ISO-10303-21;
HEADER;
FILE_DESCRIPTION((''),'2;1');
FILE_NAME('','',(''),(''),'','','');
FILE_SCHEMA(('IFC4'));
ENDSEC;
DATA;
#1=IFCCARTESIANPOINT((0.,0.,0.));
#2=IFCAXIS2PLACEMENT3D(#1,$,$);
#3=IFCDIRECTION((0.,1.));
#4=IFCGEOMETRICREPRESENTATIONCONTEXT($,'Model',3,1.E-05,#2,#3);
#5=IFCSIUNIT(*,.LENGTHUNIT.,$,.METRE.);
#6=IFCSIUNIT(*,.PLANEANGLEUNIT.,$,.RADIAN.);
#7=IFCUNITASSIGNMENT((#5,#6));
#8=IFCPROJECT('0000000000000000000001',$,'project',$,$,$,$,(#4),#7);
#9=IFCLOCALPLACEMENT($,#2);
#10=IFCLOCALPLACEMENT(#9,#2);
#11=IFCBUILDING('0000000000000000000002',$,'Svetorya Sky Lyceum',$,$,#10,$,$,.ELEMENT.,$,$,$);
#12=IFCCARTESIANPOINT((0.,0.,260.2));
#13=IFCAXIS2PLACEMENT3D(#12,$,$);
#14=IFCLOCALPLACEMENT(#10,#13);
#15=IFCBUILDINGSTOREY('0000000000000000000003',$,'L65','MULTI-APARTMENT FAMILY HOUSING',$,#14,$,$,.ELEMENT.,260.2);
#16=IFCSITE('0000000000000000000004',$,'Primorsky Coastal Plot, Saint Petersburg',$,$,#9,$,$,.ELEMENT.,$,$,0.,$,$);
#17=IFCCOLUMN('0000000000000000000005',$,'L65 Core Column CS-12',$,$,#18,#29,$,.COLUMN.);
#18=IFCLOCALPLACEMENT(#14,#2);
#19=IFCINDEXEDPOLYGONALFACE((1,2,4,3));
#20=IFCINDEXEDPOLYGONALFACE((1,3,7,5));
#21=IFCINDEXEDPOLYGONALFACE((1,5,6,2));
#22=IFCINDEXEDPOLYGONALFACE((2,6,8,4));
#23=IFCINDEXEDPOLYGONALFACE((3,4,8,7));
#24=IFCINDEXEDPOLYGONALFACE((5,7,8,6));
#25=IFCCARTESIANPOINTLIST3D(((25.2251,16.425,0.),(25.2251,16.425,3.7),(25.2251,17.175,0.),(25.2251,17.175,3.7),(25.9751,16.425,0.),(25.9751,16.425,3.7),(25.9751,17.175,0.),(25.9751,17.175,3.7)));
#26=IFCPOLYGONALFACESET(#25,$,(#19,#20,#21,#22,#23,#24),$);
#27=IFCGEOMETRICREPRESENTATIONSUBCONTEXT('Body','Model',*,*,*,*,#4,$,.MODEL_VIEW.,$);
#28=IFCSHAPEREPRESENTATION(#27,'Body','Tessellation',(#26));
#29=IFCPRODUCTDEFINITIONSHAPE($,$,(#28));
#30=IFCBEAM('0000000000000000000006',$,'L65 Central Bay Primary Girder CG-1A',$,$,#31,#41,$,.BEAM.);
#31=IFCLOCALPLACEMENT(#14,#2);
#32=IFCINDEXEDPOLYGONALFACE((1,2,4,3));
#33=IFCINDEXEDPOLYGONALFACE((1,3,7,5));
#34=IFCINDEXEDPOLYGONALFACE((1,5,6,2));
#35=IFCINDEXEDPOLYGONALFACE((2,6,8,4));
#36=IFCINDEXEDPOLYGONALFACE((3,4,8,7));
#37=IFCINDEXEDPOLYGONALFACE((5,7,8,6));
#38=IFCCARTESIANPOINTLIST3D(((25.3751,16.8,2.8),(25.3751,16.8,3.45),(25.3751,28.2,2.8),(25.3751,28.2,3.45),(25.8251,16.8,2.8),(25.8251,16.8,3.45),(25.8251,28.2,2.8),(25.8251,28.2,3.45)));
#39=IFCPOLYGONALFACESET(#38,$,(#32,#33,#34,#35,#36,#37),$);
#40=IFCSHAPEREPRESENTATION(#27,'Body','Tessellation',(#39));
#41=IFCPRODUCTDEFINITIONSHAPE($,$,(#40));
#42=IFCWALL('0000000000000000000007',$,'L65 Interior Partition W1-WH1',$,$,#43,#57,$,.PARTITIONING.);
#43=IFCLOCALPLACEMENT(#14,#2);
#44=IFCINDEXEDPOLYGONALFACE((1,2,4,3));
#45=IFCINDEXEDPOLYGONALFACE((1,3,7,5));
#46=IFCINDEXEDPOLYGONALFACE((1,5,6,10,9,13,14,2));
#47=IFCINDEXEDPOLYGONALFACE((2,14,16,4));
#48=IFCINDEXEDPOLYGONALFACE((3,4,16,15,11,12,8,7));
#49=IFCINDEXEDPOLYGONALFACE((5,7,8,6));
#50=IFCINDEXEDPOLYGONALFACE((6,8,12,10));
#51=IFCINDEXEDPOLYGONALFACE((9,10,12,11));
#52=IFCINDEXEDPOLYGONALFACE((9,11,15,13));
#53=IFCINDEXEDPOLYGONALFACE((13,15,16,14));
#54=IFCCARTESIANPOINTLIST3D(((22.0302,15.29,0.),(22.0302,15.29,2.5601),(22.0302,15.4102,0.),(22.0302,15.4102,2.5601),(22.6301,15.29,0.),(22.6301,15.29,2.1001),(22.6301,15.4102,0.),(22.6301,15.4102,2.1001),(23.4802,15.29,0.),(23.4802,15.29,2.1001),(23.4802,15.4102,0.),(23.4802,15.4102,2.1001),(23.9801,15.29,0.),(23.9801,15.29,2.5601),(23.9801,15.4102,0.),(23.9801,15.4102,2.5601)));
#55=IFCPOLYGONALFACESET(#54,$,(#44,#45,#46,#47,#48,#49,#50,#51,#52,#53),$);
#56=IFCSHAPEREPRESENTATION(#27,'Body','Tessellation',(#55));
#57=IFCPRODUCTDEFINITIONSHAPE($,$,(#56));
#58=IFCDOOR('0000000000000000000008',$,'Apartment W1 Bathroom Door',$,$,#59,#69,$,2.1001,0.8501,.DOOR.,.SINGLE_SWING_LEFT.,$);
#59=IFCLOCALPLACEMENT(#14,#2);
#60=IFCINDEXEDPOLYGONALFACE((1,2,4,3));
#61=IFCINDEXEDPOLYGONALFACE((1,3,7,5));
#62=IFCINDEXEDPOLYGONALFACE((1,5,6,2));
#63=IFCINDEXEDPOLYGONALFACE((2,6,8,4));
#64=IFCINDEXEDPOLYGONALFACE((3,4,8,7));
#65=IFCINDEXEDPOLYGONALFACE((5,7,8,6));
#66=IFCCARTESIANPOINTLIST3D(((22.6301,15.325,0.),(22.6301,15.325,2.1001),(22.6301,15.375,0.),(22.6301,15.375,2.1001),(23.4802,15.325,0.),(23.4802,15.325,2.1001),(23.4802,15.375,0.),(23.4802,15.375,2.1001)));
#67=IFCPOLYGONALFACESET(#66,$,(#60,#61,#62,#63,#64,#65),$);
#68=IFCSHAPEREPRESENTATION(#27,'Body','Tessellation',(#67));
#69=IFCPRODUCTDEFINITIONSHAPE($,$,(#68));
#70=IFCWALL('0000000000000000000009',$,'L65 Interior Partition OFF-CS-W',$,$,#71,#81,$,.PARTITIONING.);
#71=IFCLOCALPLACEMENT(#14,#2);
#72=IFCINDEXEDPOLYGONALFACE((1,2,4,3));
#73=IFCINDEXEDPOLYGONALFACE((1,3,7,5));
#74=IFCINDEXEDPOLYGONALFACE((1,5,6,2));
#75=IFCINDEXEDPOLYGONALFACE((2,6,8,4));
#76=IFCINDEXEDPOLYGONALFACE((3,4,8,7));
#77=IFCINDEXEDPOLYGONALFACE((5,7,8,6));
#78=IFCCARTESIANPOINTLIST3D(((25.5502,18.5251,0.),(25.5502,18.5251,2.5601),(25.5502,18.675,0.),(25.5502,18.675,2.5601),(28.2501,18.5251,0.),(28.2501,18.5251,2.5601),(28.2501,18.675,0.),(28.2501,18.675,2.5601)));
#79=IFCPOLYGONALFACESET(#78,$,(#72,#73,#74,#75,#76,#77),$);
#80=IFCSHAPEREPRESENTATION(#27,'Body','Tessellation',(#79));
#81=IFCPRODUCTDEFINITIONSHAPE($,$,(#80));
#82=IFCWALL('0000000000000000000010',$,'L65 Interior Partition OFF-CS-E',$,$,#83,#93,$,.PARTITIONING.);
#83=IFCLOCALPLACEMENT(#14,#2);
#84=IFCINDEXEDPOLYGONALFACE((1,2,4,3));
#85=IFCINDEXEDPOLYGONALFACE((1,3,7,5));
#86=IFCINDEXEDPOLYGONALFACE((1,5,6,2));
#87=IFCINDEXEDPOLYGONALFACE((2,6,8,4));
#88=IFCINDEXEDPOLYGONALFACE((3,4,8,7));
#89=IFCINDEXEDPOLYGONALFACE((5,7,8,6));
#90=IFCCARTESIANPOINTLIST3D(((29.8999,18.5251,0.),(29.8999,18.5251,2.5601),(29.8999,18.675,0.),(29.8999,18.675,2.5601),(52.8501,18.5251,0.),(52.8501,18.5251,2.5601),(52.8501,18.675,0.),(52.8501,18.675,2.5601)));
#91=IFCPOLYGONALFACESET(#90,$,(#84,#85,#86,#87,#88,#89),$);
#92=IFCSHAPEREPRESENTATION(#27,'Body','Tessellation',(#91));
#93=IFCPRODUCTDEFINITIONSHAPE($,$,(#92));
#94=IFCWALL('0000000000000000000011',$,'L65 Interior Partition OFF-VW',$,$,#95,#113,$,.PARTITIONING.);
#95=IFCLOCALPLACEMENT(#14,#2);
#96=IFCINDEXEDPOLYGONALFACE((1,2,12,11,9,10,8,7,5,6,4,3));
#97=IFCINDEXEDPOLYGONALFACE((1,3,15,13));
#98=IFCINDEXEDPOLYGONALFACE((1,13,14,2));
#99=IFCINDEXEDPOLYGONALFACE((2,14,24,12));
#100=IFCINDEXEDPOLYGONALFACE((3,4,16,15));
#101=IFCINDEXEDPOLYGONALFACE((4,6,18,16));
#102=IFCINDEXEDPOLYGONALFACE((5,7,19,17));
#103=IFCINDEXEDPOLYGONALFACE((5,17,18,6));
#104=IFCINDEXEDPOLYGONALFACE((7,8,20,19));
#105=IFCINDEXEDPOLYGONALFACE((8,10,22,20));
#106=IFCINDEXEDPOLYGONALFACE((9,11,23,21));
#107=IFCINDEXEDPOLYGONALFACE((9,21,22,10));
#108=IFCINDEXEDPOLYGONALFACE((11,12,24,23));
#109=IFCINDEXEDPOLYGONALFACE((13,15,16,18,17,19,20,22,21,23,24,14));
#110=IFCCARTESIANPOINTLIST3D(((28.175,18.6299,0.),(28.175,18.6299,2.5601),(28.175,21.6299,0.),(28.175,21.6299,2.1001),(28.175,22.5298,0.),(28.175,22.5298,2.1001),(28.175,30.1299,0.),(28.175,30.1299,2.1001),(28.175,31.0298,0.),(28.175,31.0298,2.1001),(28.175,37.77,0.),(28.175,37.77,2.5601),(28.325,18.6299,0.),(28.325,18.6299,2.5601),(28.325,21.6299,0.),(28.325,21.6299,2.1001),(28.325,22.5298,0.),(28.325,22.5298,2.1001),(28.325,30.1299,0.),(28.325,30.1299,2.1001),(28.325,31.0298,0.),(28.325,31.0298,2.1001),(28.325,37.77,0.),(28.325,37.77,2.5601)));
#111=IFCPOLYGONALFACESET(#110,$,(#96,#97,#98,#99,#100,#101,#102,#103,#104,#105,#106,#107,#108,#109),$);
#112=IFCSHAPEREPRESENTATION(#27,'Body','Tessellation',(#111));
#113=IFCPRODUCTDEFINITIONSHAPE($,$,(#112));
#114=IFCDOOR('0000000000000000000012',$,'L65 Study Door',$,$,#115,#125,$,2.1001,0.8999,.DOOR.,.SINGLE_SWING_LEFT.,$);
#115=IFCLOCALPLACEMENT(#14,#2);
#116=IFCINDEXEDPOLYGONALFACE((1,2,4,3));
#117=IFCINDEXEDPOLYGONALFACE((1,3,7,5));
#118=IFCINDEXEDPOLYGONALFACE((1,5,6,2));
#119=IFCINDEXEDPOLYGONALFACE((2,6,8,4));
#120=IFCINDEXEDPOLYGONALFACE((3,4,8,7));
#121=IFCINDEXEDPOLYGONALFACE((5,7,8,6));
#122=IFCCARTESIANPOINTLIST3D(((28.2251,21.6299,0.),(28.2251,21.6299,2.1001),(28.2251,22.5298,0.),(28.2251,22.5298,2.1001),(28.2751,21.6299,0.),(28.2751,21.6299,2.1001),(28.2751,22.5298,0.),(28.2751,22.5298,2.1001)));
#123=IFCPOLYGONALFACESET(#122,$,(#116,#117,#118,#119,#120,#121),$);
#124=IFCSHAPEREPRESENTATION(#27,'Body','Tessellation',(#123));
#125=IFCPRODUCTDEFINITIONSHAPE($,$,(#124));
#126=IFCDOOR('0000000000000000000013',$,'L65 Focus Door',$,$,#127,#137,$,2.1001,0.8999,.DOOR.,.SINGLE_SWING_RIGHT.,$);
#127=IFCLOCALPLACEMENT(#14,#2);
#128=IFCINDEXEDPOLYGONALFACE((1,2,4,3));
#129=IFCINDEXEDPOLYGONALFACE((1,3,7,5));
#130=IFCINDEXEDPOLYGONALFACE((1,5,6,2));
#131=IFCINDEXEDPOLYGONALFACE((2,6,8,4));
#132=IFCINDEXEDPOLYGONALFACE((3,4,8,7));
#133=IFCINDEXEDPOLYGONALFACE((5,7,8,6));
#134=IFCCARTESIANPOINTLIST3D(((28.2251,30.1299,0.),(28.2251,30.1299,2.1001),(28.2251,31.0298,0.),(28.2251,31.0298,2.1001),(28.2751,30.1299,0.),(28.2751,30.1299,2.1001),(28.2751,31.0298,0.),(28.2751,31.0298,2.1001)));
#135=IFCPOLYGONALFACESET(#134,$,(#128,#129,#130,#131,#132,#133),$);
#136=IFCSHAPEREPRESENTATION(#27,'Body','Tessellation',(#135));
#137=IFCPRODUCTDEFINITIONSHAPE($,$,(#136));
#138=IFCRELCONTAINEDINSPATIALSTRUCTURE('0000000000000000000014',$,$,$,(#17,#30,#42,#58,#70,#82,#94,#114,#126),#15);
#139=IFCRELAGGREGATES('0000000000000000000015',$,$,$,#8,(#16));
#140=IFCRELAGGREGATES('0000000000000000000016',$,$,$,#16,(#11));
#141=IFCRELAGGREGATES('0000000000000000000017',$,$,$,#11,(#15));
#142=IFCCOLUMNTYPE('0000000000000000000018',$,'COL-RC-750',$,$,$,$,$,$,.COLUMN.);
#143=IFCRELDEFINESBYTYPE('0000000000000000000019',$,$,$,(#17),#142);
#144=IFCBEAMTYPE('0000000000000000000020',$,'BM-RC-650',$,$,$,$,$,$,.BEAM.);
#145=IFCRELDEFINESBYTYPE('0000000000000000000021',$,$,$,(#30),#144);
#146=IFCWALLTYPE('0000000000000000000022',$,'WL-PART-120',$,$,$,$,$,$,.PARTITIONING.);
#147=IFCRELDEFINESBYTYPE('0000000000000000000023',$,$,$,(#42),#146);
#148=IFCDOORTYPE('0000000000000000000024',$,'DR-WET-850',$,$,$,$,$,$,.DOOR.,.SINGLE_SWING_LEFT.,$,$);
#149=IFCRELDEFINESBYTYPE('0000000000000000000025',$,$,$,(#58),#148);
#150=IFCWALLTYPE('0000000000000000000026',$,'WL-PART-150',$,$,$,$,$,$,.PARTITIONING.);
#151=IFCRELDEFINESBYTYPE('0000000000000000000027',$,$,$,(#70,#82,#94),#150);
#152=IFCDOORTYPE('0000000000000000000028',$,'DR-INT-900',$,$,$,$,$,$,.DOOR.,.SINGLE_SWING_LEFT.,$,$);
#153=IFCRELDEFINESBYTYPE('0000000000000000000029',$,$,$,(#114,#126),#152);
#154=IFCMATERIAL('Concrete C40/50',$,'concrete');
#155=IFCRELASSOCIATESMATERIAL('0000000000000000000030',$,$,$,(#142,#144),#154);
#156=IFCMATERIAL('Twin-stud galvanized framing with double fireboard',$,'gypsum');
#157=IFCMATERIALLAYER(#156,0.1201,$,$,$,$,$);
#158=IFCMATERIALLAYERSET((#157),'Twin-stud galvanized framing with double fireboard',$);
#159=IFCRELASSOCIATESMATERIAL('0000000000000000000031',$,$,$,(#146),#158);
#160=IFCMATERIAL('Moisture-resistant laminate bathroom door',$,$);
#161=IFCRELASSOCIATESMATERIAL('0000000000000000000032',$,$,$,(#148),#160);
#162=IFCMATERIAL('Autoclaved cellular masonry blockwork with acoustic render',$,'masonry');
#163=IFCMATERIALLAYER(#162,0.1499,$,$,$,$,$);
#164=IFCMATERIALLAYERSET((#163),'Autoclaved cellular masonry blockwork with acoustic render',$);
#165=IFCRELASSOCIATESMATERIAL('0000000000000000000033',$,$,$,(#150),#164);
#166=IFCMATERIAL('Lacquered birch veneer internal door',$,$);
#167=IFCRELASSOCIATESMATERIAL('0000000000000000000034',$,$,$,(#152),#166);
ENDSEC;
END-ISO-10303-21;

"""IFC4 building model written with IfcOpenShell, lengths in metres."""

from ifc_helpers import new_model, si_unit, direction, frame, frame_2d, origin, origin_2d, place, context, subcontext, project, spatial, rectangle, extrude, material, layer, layer_set, material_profile, profile_set, type_object, element, fill, save


model = new_model("IFC4")

# Units and contexts
model_context = context("Model", 3, precision=1e-05, world=origin(), true_north=direction((0.0, 1.0)))
body_context = subcontext(model_context, "Body", "Model", "MODEL_VIEW")
ifc_project = project(units=[si_unit("LENGTHUNIT", "METRE"), si_unit("PLANEANGLEUNIT", "RADIAN")], contexts=[model_context])

# Site, building, storey
site_placement = place(None, origin())
site = spatial("IfcSite", under=ifc_project, at=site_placement, Name="Primorsky Coastal Plot, Saint Petersburg", CompositionType="ELEMENT", RefElevation=0.0)
building_placement = place(site_placement, origin())
building = spatial("IfcBuilding", under=site, at=building_placement, Name="Svetorya Sky Lyceum", CompositionType="ELEMENT")
storey_placement = place(building_placement, frame((0.0, 0.0, 260.2)))
storey = spatial("IfcBuildingStorey", under=building, at=storey_placement, Name="L65", Description="MULTI-APARTMENT FAMILY HOUSING", CompositionType="ELEMENT", Elevation=260.2)

# Column
ifc_material_1 = material(Name="Concrete C40/50", Category="concrete")
ifc_material_profile_1 = material_profile(ifc_material_1, rectangle(XDim=0.75, YDim=0.75, at=origin_2d()), Name="RC COL 750x750")
ifc_profile_set_1 = profile_set([ifc_material_profile_1], Name="Concrete C40/50")
column_type = type_object("IfcColumnType", Name="COL-RC-750", PredefinedType="COLUMN", material=ifc_profile_set_1)
column_placement = place(storey_placement, frame((25.6001, 16.8, 0.0), z_axis=(0.0, 0.0, 1.0), x_axis=(1.0, 0.0, 0.0)))
element("IfcColumn", 1, at=column_placement, inside=storey, type_object=column_type, Name="L65 Core Column CS-12", PredefinedType="COLUMN", context=body_context, shape_type="SweptSolid", body=[
    extrude(rectangle(XDim=0.75, YDim=0.75, at=origin_2d()), origin(), (0.0, 0.0, 1.0), 3.7),
])

# Beam
ifc_material_profile_2 = material_profile(ifc_material_1, rectangle(XDim=0.45, YDim=0.6499, at=origin_2d()), Name="RC BEAM 450x650")
ifc_profile_set_2 = profile_set([ifc_material_profile_2], Name="Concrete C40/50")
beam_type = type_object("IfcBeamType", Name="BM-RC-650", PredefinedType="BEAM", material=ifc_profile_set_2)
beam_placement = place(storey_placement, frame((25.6001, 16.8, 3.125), z_axis=(0.0, 1.0, 0.0), x_axis=(-1.0, 0.0, 0.0)))
element("IfcBeam", 2, at=beam_placement, inside=storey, type_object=beam_type, Name="L65 Central Bay Primary Girder CG-1A", PredefinedType="BEAM", context=body_context, shape_type="SweptSolid", body=[
    extrude(rectangle(XDim=0.45, YDim=0.6499, at=origin_2d()), origin(), (0.0, 0.0, 1.0), 11.3999),
])

# Wall, opening, door
ifc_material_2 = material(Name="Twin-stud galvanized framing with double fireboard", Category="gypsum")
ifc_layer_1 = layer(ifc_material_2, 0.1201)
ifc_layer_set_1 = layer_set([ifc_layer_1], Name="Twin-stud galvanized framing with double fireboard")
wall_type_1 = type_object("IfcWallType", Name="WL-PART-120", PredefinedType="PARTITIONING", material=ifc_layer_set_1)
wall_1_placement = place(storey_placement, frame((22.03, 15.3501, 0.0), z_axis=(0.0, 0.0, 1.0), x_axis=(1.0, 0.0, 0.0)))
wall_1 = element("IfcWall", 3, at=wall_1_placement, inside=storey, type_object=wall_type_1, Name="L65 Interior Partition W1-WH1", PredefinedType="PARTITIONING", context=body_context, shape_type="SweptSolid", body=[
    extrude(rectangle(XDim=1.95, YDim=0.1201, at=frame_2d((0.9751, 0.0))), origin(), (0.0, 0.0, 1.0), 2.5601),
])
opening_1_placement = place(wall_1_placement, frame((0.6001, 0.0, 0.0)))
opening_1 = element("IfcOpeningElement", 4, at=opening_1_placement, cuts=wall_1, PredefinedType="OPENING", context=body_context, shape_type="SweptSolid", body=[
    extrude(rectangle(XDim=0.8501, YDim=2.1001, at=frame_2d((0.425, 1.05))), frame((0.0, 0.0701, 0.0), z_axis=(0.0, -1.0, 0.0), x_axis=(1.0, 0.0, 0.0)), (0.0, 0.0, 1.0), 0.1401),
])
ifc_material_3 = material(Name="Moisture-resistant laminate bathroom door")
door_type_1 = type_object("IfcDoorType", Name="DR-WET-850", OperationType="SINGLE_SWING_LEFT", PredefinedType="DOOR", material=ifc_material_3)
door_1_placement = place(opening_1_placement, origin())
door_1 = element("IfcDoor", 5, at=door_1_placement, inside=storey, type_object=door_type_1, Name="Apartment W1 Bathroom Door", OperationType="SINGLE_SWING_LEFT", OverallHeight=2.1001, OverallWidth=0.8501, PredefinedType="DOOR", context=body_context, shape_type="SweptSolid", body=[
    extrude(rectangle(XDim=0.8501, YDim=2.1001, at=frame_2d((0.425, 1.05))), frame((0.0, 0.0249, 0.0), z_axis=(0.0, -1.0, 0.0), x_axis=(1.0, 0.0, 0.0)), (0.0, 0.0, 1.0), 0.05),
])
fill(opening_1, door_1)

# Walls
ifc_material_4 = material(Name="Autoclaved cellular masonry blockwork with acoustic render", Category="masonry")
ifc_layer_2 = layer(ifc_material_4, 0.1499)
ifc_layer_set_2 = layer_set([ifc_layer_2], Name="Autoclaved cellular masonry blockwork with acoustic render")
wall_type_2 = type_object("IfcWallType", Name="WL-PART-150", PredefinedType="PARTITIONING", material=ifc_layer_set_2)
wall_2_placement = place(storey_placement, frame((25.55, 18.6001, 0.0), z_axis=(0.0, 0.0, 1.0), x_axis=(1.0, 0.0, 0.0)))
element("IfcWall", 6, at=wall_2_placement, inside=storey, type_object=wall_type_2, Name="L65 Interior Partition OFF-CS-W", PredefinedType="PARTITIONING", context=body_context, shape_type="SweptSolid", body=[
    extrude(rectangle(XDim=2.7, YDim=0.1499, at=frame_2d((1.3501, 0.0))), origin(), (0.0, 0.0, 1.0), 2.5601),
])
wall_3_placement = place(storey_placement, frame((29.8999, 18.6001, 0.0), z_axis=(0.0, 0.0, 1.0), x_axis=(1.0, 0.0, 0.0)))
element("IfcWall", 7, at=wall_3_placement, inside=storey, type_object=wall_type_2, Name="L65 Interior Partition OFF-CS-E", PredefinedType="PARTITIONING", context=body_context, shape_type="SweptSolid", body=[
    extrude(rectangle(XDim=22.9502, YDim=0.1499, at=frame_2d((11.4751, 0.0))), origin(), (0.0, 0.0, 1.0), 2.5601),
])

# Wall, openings, doors
wall_4_placement = place(storey_placement, frame((28.25, 18.6299, 0.0), z_axis=(0.0, 0.0, 1.0), x_axis=(0.0, 1.0, 0.0)))
wall_4 = element("IfcWall", 8, at=wall_4_placement, inside=storey, type_object=wall_type_2, Name="L65 Interior Partition OFF-VW", PredefinedType="PARTITIONING", context=body_context, shape_type="SweptSolid", body=[
    extrude(rectangle(XDim=19.1401, YDim=0.1499, at=frame_2d((9.5701, 0.0))), origin(), (0.0, 0.0, 1.0), 2.5601),
])
opening_2_placement = place(wall_4_placement, frame((3.0, 0.0, 0.0)))
opening_2 = element("IfcOpeningElement", 9, at=opening_2_placement, cuts=wall_4, PredefinedType="OPENING", context=body_context, shape_type="SweptSolid", body=[
    extrude(rectangle(XDim=0.8999, YDim=2.1001, at=frame_2d((0.45, 1.05))), frame((0.0, 0.085, 0.0), z_axis=(0.0, -1.0, 0.0), x_axis=(1.0, 0.0, 0.0)), (0.0, 0.0, 1.0), 0.1699),
])
opening_3_placement = place(wall_4_placement, frame((11.5, 0.0, 0.0)))
opening_3 = element("IfcOpeningElement", 10, at=opening_3_placement, cuts=wall_4, PredefinedType="OPENING", context=body_context, shape_type="SweptSolid", body=[
    extrude(rectangle(XDim=0.8999, YDim=2.1001, at=frame_2d((0.45, 1.05))), frame((0.0, 0.085, 0.0), z_axis=(0.0, -1.0, 0.0), x_axis=(1.0, 0.0, 0.0)), (0.0, 0.0, 1.0), 0.1699),
])
ifc_material_5 = material(Name="Lacquered birch veneer internal door")
door_type_2 = type_object("IfcDoorType", Name="DR-INT-900", OperationType="SINGLE_SWING_LEFT", PredefinedType="DOOR", material=ifc_material_5)
door_2_placement = place(opening_2_placement, origin())
door_2 = element("IfcDoor", 11, at=door_2_placement, inside=storey, type_object=door_type_2, Name="L65 Study Door", OperationType="SINGLE_SWING_LEFT", OverallHeight=2.1001, OverallWidth=0.8999, PredefinedType="DOOR", context=body_context, shape_type="SweptSolid", body=[
    extrude(rectangle(XDim=0.8999, YDim=2.1001, at=frame_2d((0.45, 1.05))), frame((0.0, 0.0249, 0.0), z_axis=(0.0, -1.0, 0.0), x_axis=(1.0, 0.0, 0.0)), (0.0, 0.0, 1.0), 0.05),
])
fill(opening_2, door_2)
door_3_placement = place(opening_3_placement, origin())
door_3 = element("IfcDoor", 12, at=door_3_placement, inside=storey, type_object=door_type_2, Name="L65 Focus Door", OperationType="SINGLE_SWING_RIGHT", OverallHeight=2.1001, OverallWidth=0.8999, PredefinedType="DOOR", context=body_context, shape_type="SweptSolid", body=[
    extrude(rectangle(XDim=0.8999, YDim=2.1001, at=frame_2d((0.45, 1.05))), frame((0.0, 0.0249, 0.0), z_axis=(0.0, -1.0, 0.0), x_axis=(1.0, 0.0, 0.0)), (0.0, 0.0, 1.0), 0.05),
])
fill(opening_3, door_3)

save(model, "model.ifc")
